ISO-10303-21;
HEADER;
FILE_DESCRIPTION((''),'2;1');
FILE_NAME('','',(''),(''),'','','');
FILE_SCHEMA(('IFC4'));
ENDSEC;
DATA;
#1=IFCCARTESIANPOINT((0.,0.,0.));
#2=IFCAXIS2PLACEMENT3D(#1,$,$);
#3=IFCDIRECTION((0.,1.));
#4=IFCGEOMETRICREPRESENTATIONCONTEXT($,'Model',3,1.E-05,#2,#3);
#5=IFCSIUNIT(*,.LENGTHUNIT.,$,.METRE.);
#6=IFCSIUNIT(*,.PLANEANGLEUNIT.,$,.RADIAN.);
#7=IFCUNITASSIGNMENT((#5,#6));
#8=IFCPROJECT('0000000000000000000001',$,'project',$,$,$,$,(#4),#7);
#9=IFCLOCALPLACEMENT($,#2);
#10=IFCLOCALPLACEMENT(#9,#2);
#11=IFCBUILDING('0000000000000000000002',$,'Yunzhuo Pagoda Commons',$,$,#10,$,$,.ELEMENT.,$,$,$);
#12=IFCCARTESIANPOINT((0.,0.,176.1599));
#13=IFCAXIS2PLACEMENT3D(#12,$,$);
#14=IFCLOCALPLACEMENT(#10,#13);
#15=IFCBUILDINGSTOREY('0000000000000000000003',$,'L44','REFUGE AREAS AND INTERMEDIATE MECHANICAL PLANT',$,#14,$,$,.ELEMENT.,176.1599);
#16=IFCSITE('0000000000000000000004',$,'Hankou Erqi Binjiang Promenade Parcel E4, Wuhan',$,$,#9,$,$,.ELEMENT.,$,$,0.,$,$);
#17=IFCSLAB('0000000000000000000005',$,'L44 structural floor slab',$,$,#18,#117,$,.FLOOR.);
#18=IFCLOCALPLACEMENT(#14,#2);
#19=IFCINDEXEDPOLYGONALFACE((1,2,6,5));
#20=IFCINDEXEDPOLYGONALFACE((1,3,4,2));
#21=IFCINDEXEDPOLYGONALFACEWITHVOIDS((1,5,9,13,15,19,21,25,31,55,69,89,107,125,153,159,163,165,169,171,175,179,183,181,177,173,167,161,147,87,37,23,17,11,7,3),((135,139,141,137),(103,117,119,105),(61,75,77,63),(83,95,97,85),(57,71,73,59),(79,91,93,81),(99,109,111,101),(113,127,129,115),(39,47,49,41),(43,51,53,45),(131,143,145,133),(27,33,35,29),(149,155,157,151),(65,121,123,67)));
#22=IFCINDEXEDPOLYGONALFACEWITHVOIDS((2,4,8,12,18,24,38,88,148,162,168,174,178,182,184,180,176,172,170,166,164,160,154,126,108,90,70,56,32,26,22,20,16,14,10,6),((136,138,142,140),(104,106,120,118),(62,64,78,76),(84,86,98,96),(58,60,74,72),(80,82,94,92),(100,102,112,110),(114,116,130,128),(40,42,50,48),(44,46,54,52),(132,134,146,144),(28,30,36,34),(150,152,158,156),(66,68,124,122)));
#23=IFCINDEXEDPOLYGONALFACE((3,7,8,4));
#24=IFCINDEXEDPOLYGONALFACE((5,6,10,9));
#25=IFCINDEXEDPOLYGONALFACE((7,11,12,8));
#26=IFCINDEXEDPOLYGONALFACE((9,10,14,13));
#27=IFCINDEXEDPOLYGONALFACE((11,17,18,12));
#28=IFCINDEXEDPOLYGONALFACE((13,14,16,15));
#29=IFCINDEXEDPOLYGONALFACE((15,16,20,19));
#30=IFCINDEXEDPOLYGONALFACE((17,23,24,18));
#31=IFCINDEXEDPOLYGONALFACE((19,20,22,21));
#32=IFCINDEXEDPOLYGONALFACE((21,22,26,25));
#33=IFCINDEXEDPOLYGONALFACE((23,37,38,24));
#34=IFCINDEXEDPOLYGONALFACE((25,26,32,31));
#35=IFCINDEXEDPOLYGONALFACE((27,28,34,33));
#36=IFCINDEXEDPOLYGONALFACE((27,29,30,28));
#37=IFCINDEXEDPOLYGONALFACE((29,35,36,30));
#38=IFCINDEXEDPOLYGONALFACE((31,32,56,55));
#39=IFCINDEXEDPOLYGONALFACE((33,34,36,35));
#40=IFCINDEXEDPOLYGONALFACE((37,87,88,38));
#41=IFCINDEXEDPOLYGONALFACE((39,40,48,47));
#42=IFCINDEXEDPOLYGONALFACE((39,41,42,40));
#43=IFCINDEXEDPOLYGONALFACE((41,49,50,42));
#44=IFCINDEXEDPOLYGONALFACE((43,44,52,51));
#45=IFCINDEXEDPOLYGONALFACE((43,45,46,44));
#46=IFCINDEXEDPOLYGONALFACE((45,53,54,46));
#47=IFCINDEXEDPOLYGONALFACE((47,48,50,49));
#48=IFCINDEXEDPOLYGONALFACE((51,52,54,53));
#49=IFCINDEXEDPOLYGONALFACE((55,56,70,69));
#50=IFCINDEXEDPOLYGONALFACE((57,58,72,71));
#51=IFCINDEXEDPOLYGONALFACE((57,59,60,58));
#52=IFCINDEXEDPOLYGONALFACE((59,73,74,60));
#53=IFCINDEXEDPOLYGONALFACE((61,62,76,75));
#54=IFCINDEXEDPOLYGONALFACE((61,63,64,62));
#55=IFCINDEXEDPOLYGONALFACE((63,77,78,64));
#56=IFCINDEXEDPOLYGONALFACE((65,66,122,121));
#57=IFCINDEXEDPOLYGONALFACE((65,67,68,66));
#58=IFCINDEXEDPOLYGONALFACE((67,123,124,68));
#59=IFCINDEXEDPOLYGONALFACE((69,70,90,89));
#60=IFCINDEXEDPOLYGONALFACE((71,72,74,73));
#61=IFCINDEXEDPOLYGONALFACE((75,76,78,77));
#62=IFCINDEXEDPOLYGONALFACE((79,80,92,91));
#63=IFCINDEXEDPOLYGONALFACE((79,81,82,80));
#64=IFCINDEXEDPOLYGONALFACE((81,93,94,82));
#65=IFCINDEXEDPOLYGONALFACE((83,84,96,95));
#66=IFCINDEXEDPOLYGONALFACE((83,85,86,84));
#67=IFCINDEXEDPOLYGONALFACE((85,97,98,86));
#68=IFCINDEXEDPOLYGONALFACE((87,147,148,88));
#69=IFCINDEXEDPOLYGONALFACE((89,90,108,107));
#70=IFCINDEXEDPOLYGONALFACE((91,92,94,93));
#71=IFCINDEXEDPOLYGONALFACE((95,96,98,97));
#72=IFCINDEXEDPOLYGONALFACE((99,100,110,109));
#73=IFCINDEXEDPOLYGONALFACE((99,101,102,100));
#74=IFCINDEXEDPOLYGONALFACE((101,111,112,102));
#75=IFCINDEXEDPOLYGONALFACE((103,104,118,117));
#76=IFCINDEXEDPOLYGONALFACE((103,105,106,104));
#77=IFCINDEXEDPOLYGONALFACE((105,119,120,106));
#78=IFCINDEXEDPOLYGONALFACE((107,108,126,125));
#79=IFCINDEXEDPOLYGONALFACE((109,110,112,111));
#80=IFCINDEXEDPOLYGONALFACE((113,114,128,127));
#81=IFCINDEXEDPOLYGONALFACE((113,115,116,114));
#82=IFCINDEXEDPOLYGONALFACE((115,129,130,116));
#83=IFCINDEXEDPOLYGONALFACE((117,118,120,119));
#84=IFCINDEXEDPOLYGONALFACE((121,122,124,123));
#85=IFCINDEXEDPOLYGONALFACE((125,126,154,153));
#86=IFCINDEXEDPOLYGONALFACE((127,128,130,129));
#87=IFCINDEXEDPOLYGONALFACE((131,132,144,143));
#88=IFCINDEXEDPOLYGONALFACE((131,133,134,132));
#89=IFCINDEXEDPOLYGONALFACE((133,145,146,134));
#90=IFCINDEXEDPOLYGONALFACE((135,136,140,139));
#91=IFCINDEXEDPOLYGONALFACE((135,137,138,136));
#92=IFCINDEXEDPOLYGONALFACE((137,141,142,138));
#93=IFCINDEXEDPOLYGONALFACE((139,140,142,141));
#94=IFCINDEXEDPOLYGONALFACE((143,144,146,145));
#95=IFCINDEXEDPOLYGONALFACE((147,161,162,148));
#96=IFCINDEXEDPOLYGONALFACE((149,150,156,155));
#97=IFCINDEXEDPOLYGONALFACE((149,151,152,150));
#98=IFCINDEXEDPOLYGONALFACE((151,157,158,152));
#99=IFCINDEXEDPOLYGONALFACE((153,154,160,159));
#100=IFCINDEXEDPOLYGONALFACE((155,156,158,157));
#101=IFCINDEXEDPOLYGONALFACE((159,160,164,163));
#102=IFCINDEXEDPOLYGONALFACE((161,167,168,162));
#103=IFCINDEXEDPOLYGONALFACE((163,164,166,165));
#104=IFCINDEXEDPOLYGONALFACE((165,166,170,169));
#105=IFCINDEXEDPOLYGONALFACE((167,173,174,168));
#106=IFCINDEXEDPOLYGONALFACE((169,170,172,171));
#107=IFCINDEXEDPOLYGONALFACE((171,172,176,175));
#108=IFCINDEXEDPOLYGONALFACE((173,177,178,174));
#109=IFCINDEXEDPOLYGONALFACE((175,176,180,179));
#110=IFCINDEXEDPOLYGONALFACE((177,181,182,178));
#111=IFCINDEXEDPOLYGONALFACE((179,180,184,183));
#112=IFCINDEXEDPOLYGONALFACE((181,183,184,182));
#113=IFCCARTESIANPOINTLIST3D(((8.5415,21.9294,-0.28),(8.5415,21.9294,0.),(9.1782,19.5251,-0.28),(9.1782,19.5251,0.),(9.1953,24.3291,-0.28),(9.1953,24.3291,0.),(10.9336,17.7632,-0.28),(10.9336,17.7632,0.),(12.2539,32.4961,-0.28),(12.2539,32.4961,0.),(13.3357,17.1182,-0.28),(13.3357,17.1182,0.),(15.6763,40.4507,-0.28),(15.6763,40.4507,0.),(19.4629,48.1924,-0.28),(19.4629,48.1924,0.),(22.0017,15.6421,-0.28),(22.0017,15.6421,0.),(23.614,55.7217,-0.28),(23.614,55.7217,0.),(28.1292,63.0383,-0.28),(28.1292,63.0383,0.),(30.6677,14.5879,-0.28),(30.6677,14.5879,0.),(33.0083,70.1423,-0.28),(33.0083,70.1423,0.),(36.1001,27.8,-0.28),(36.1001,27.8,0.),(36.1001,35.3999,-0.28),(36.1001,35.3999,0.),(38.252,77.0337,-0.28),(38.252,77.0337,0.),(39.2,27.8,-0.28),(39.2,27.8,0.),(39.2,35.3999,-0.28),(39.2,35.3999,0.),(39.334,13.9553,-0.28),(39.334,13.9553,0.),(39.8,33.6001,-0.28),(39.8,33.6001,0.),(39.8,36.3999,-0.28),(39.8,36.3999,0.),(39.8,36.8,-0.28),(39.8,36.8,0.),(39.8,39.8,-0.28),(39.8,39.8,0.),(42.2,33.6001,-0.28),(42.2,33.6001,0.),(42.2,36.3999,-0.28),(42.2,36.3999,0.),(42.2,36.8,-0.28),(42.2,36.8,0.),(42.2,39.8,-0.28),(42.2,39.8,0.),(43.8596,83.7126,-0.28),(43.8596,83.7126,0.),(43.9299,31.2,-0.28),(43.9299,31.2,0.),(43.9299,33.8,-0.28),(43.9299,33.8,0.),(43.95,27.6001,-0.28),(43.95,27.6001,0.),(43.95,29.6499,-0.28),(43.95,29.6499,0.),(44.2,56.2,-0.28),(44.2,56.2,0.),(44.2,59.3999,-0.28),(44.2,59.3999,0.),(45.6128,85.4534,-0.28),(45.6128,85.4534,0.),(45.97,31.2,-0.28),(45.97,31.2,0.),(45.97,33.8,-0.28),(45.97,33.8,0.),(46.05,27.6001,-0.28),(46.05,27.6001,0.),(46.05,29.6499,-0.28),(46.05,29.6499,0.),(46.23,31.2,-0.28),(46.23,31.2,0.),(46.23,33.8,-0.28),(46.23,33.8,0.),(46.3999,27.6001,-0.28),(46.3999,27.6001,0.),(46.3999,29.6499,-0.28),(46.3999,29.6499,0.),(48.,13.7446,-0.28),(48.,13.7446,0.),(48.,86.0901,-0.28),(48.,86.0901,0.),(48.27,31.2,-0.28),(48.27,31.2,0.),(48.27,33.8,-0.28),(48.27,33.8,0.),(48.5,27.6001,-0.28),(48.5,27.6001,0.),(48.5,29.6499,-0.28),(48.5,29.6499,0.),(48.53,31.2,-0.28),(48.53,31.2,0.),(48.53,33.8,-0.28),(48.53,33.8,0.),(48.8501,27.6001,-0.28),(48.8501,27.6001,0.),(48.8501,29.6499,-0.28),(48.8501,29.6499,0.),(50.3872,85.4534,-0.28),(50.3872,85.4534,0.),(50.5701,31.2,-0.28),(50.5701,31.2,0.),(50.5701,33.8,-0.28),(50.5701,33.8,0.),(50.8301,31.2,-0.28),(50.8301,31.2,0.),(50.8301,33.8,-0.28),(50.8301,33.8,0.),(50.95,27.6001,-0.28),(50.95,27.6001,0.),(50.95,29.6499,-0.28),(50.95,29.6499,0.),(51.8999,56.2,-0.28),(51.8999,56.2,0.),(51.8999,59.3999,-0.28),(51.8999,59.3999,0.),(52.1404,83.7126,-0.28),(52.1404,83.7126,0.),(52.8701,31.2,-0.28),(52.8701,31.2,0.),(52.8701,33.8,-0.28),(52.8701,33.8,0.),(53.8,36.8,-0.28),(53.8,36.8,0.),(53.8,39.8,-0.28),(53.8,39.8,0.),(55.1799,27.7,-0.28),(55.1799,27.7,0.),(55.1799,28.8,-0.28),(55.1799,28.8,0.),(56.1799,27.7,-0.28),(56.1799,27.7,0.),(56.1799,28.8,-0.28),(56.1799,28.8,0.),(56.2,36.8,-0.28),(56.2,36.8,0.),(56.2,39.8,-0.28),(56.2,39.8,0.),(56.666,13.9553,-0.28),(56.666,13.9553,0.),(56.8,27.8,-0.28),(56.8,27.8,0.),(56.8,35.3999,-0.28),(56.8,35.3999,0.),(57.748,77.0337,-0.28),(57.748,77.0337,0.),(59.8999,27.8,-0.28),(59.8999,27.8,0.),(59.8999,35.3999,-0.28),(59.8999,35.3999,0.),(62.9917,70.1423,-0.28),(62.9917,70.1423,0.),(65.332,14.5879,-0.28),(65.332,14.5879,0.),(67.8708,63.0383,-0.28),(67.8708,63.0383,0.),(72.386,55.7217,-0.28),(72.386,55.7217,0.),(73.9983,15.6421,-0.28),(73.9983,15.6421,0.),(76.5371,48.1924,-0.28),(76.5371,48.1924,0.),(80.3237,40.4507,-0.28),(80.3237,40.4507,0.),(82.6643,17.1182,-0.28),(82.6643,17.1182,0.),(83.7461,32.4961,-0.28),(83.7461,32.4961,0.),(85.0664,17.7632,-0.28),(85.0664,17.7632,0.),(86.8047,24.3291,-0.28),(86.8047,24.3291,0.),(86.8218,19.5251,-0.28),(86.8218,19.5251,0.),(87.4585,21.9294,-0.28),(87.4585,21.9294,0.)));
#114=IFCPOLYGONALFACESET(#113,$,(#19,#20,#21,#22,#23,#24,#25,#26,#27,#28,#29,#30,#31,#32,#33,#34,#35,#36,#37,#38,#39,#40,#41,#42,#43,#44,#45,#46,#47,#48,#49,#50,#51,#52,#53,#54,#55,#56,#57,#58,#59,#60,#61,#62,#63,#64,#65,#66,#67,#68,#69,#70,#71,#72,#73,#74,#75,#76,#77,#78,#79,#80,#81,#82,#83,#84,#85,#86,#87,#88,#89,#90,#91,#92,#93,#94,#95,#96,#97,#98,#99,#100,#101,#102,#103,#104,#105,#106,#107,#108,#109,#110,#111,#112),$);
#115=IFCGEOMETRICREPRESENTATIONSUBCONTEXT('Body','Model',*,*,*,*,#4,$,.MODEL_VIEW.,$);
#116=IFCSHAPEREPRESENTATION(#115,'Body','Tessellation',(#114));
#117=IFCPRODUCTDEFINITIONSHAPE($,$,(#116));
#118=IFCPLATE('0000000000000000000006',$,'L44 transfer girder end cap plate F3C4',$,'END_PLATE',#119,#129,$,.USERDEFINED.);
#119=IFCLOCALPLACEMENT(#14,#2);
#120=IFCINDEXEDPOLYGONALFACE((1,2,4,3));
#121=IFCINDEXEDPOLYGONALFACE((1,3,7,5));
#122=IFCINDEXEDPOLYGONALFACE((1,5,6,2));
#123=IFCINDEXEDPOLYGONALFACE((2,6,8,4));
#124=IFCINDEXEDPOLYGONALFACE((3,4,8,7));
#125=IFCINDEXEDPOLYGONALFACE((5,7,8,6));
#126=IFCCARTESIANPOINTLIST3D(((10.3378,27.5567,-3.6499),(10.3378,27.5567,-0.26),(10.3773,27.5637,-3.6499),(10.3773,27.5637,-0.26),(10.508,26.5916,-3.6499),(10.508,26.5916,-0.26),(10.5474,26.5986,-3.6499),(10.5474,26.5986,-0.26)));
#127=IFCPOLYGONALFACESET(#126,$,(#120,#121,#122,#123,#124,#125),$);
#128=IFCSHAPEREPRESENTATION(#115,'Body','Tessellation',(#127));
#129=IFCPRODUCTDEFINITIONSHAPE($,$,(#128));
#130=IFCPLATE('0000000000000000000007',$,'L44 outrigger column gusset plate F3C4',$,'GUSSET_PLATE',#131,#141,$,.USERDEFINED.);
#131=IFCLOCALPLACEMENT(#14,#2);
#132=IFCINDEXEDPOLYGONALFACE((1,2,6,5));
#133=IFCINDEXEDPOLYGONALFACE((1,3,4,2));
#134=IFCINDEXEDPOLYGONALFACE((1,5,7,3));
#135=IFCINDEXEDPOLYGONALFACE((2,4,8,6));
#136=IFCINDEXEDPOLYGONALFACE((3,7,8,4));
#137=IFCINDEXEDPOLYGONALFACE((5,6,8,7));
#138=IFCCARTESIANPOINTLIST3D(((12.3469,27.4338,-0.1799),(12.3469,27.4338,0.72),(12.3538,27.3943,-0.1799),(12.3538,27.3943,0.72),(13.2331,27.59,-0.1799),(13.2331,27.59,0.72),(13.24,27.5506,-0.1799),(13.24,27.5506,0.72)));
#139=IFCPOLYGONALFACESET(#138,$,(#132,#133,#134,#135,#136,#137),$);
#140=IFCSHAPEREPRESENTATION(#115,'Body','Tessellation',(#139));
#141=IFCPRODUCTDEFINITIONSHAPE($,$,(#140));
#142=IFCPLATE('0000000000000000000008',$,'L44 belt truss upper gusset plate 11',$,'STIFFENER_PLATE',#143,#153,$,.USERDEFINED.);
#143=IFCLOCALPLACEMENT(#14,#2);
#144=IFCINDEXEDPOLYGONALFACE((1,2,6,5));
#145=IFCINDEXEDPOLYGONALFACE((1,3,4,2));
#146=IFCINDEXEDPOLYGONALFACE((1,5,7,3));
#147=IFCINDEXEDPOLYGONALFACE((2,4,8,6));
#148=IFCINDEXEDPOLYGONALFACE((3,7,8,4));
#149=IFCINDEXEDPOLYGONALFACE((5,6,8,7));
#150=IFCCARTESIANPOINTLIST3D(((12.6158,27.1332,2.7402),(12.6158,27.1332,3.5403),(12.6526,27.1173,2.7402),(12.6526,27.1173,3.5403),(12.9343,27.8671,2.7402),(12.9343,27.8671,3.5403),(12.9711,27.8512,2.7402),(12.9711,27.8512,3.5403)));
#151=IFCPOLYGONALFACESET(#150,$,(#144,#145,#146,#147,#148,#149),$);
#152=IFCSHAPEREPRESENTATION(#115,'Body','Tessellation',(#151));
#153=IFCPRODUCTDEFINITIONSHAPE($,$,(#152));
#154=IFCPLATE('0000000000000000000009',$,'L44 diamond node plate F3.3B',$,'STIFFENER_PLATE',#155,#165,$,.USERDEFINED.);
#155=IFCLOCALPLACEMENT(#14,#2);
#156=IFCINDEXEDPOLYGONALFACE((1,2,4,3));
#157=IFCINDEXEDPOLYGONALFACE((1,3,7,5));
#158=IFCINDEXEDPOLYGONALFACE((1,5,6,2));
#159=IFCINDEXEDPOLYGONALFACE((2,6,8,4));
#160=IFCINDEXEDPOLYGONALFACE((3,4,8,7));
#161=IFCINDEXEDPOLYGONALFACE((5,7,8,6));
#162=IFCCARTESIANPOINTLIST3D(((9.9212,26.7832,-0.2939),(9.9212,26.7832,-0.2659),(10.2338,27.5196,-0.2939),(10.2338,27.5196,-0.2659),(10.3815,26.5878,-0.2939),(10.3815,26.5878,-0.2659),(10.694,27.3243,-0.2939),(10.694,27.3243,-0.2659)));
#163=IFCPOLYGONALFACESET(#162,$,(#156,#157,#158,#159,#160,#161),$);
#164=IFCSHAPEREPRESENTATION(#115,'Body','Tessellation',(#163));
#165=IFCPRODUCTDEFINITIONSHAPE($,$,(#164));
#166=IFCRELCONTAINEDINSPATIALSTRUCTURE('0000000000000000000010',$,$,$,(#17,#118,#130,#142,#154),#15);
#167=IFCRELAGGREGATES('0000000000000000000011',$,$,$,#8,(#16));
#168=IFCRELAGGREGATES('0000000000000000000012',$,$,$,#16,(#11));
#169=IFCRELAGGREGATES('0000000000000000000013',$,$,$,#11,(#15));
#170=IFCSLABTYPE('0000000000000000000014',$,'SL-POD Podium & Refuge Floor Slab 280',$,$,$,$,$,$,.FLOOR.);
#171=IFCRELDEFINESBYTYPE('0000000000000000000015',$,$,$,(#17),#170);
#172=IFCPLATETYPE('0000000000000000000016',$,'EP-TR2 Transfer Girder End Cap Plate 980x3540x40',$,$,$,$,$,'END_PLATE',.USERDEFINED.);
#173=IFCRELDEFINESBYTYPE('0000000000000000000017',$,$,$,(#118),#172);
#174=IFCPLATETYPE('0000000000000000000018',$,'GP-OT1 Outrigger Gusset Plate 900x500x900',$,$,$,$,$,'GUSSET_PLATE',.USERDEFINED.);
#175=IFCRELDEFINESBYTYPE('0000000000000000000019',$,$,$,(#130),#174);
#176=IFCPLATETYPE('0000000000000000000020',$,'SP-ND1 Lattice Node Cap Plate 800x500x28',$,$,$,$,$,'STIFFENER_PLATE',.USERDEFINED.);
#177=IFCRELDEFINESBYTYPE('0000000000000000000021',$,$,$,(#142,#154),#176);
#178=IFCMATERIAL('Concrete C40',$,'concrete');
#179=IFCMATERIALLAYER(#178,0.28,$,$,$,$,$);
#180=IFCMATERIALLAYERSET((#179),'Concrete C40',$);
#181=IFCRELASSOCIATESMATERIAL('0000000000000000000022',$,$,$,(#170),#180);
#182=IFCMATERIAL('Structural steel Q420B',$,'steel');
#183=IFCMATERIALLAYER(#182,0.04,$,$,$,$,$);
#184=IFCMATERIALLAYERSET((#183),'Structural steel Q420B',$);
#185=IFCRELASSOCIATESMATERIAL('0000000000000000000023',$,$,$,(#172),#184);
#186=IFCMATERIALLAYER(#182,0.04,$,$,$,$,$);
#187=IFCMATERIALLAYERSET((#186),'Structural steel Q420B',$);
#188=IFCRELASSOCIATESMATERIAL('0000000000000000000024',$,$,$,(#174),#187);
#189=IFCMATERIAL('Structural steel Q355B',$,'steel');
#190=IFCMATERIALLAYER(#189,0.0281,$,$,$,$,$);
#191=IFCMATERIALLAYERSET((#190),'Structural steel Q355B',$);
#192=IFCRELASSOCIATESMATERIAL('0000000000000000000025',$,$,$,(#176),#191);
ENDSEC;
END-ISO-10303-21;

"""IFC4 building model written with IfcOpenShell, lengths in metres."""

from ifc_helpers import new_model, si_unit, direction, frame, origin, origin_2d, place, context, subcontext, project, spatial, polyline, rectangle, outline, extrude, source, transform, mapped, material, layer, layer_set, type_object, element, save


model = new_model("IFC4")

# Units and contexts
model_context = context("Model", 3, precision=1e-05, world=origin(), true_north=direction((0.0, 1.0)))
body_context = subcontext(model_context, "Body", "Model", "MODEL_VIEW")
ifc_project = project(units=[si_unit("LENGTHUNIT", "METRE"), si_unit("PLANEANGLEUNIT", "RADIAN")], contexts=[model_context])

# Site, building, storey
site_placement = place(None, origin())
site = spatial("IfcSite", under=ifc_project, at=site_placement, Name="Hankou Erqi Binjiang Promenade Parcel E4, Wuhan", CompositionType="ELEMENT", RefElevation=0.0)
building_placement = place(site_placement, origin())
building = spatial("IfcBuilding", under=site, at=building_placement, Name="Yunzhuo Pagoda Commons", CompositionType="ELEMENT")
storey_placement = place(building_placement, frame((0.0, 0.0, 176.1599)))
storey = spatial("IfcBuildingStorey", under=building, at=storey_placement, Name="L44", Description="REFUGE AREAS AND INTERMEDIATE MECHANICAL PLANT", CompositionType="ELEMENT", Elevation=176.1599)

# Shared definitions
ifc_material_1 = material(Name="Structural steel Q420B", Category="steel")

# Shared definitions
ifc_material_2 = material(Name="Structural steel Q355B", Category="steel")

# Shared definitions
ifc_material_3 = material(Name="Concrete C40", Category="concrete")

# Slab
ifc_layer_1 = layer(ifc_material_3, 0.28)
ifc_layer_set_1 = layer_set([ifc_layer_1], Name="Concrete C40")
slab_type_1 = type_object("IfcSlabType", Name="SL-POD Podium & Refuge Floor Slab 280", PredefinedType="FLOOR", material=ifc_layer_set_1)
slab_1_placement = place(storey_placement, frame((0.0, 0.0, -0.28)))
element("IfcSlab", 1, at=slab_1_placement, inside=storey, type_object=slab_type_1, Name="L44 structural floor slab", PredefinedType="FLOOR", context=body_context, shape_type="SweptSolid", body=[
    extrude(outline(polyline([(12.2539, 32.4961), (15.6763, 40.4507), (19.4629, 48.1924), (23.614, 55.7217), (28.1292, 63.0383), (33.0083, 70.1423), (38.252, 77.0337), (43.8596, 83.7126), (45.6128, 85.4534), (48.0, 86.0901), (50.3872, 85.4534), (52.1404, 83.7126), (57.748, 77.0337), (62.9917, 70.1423), (67.8708, 63.0383), (72.386, 55.7217), (76.5371, 48.1924), (80.3237, 40.4507), (83.7461, 32.4961), (86.8047, 24.3291), (87.4585, 21.9294), (86.8218, 19.5251), (85.0664, 17.7632), (82.6643, 17.1182), (73.9983, 15.6421), (65.332, 14.5879), (56.666, 13.9553), (48.0, 13.7446), (39.334, 13.9553), (30.6677, 14.5879), (22.0017, 15.6421), (13.3357, 17.1182), (10.9336, 17.7632), (9.1782, 19.5251), (8.5415, 21.9294), (9.1953, 24.3291), (12.2539, 32.4961)]), holes=[polyline([(46.05, 29.6499), (43.95, 29.6499), (43.95, 27.6001), (46.05, 27.6001), (46.05, 29.6499)]), polyline([(48.5, 27.6001), (48.5, 29.6499), (46.3999, 29.6499), (46.3999, 27.6001), (48.5, 27.6001)]), polyline([(36.1001, 27.8), (39.2, 27.8), (39.2, 35.3999), (36.1001, 35.3999), (36.1001, 27.8)]), polyline([(45.97, 31.2), (45.97, 33.8), (43.9299, 33.8), (43.9299, 31.2), (45.97, 31.2)]), polyline([(48.27, 31.2), (48.27, 33.8), (46.23, 33.8), (46.23, 31.2), (48.27, 31.2)]), polyline([(42.2, 33.6001), (42.2, 36.3999), (39.8, 36.3999), (39.8, 33.6001), (42.2, 33.6001)]), polyline([(42.2, 36.8), (42.2, 39.8), (39.8, 39.8), (39.8, 36.8), (42.2, 36.8)]), polyline([(56.1799, 28.8), (55.1799, 28.8), (55.1799, 27.7), (56.1799, 27.7), (56.1799, 28.8)]), polyline([(50.95, 27.6001), (50.95, 29.6499), (48.8501, 29.6499), (48.8501, 27.6001), (50.95, 27.6001)]), polyline([(56.8, 27.8), (59.8999, 27.8), (59.8999, 35.3999), (56.8, 35.3999), (56.8, 27.8)]), polyline([(50.5701, 31.2), (50.5701, 33.8), (48.53, 33.8), (48.53, 31.2), (50.5701, 31.2)]), polyline([(52.8701, 31.2), (52.8701, 33.8), (50.8301, 33.8), (50.8301, 31.2), (52.8701, 31.2)]), polyline([(56.2, 36.8), (56.2, 39.8), (53.8, 39.8), (53.8, 36.8), (56.2, 36.8)]), polyline([(51.8999, 56.2), (51.8999, 59.3999), (44.2, 59.3999), (44.2, 56.2), (51.8999, 56.2)])]), origin(), (0.0, 0.0, 1.0), 0.28),
])

# Plates
ifc_layer_2 = layer(ifc_material_1, 0.04)
ifc_layer_set_2 = layer_set([ifc_layer_2], Name="Structural steel Q420B")
plate_type_1 = type_object("IfcPlateType", Name="EP-TR2 Transfer Girder End Cap Plate 980x3540x40", ElementType="END_PLATE", PredefinedType="USERDEFINED", material=ifc_layer_set_2)
shared_shape_1 = source(origin(), body_context, "Body", "SweptSolid", [
    extrude(rectangle(XDim=0.98, YDim=0.04, at=origin_2d()), origin(), (0.0, 0.0, 1.0), 3.3899),
])
plate_1_placement = place(storey_placement, frame((10.4426, 27.0776, -3.6499), z_axis=(0.0, 0.0, 1.0), x_axis=(0.173648, -0.984808, 0.0)))
element("IfcPlate", 2, at=plate_1_placement, inside=storey, type_object=plate_type_1, Name="L44 transfer girder end cap plate F3C4", ObjectType="END_PLATE", PredefinedType="USERDEFINED", context=body_context, shape_type="MappedRepresentation", body=[
    mapped(shared_shape_1, transform((0.0, 0.0, 0.0), scale=1.0)),
])
ifc_layer_3 = layer(ifc_material_1, 0.04)
ifc_layer_set_3 = layer_set([ifc_layer_3], Name="Structural steel Q420B")
plate_type_2 = type_object("IfcPlateType", Name="GP-OT1 Outrigger Gusset Plate 900x500x900", ElementType="GUSSET_PLATE", PredefinedType="USERDEFINED", material=ifc_layer_set_3)
shared_shape_2 = source(origin(), body_context, "Body", "SweptSolid", [
    extrude(rectangle(XDim=0.8999, YDim=0.04, at=origin_2d()), origin(), (0.0, 0.0, 1.0), 0.8999),
])
plate_2_placement = place(storey_placement, frame((12.7935, 27.4922, -0.1799), z_axis=(0.0, 0.0, 1.0), x_axis=(-0.984808, -0.173648, 0.0)))
element("IfcPlate", 3, at=plate_2_placement, inside=storey, type_object=plate_type_2, Name="L44 outrigger column gusset plate F3C4", ObjectType="GUSSET_PLATE", PredefinedType="USERDEFINED", context=body_context, shape_type="MappedRepresentation", body=[
    mapped(shared_shape_2, transform((0.0, 0.0, 0.0), scale=1.0)),
])
ifc_layer_4 = layer(ifc_material_2, 0.0281)
ifc_layer_set_4 = layer_set([ifc_layer_4], Name="Structural steel Q355B")
plate_type_3 = type_object("IfcPlateType", Name="SP-ND1 Lattice Node Cap Plate 800x500x28", ElementType="STIFFENER_PLATE", PredefinedType="USERDEFINED", material=ifc_layer_set_4)
shared_shape_3 = source(origin(), body_context, "Body", "SweptSolid", [
    extrude(rectangle(XDim=0.8, YDim=0.04, at=origin_2d()), origin(), (0.0, 0.0, 1.0), 0.8),
])
plate_3_placement = place(storey_placement, frame((12.7935, 27.4922, 2.7402), z_axis=(0.0, 0.0, 1.0), x_axis=(-0.398093, -0.917345, 0.0)))
element("IfcPlate", 4, at=plate_3_placement, inside=storey, type_object=plate_type_3, Name="L44 belt truss upper gusset plate 11", ObjectType="STIFFENER_PLATE", PredefinedType="USERDEFINED", context=body_context, shape_type="MappedRepresentation", body=[
    mapped(shared_shape_3, transform((0.0, 0.0, 0.0), scale=1.0)),
])
shared_shape_4 = source(origin(), body_context, "Body", "SweptSolid", [
    extrude(rectangle(XDim=0.8, YDim=0.5, at=origin_2d()), origin(), (0.0, 0.0, 1.0), 0.0281),
])
plate_4_placement = place(storey_placement, frame((10.3076, 27.0537, -0.2939), z_axis=(0.0, 0.0, 1.0), x_axis=(-0.390699, -0.920518, 0.0)))
element("IfcPlate", 5, at=plate_4_placement, inside=storey, type_object=plate_type_3, Name="L44 diamond node plate F3.3B", ObjectType="STIFFENER_PLATE", PredefinedType="USERDEFINED", context=body_context, shape_type="MappedRepresentation", body=[
    mapped(shared_shape_4, transform((0.0, 0.0, 0.0), scale=1.0)),
])

save(model, "model.ifc")
